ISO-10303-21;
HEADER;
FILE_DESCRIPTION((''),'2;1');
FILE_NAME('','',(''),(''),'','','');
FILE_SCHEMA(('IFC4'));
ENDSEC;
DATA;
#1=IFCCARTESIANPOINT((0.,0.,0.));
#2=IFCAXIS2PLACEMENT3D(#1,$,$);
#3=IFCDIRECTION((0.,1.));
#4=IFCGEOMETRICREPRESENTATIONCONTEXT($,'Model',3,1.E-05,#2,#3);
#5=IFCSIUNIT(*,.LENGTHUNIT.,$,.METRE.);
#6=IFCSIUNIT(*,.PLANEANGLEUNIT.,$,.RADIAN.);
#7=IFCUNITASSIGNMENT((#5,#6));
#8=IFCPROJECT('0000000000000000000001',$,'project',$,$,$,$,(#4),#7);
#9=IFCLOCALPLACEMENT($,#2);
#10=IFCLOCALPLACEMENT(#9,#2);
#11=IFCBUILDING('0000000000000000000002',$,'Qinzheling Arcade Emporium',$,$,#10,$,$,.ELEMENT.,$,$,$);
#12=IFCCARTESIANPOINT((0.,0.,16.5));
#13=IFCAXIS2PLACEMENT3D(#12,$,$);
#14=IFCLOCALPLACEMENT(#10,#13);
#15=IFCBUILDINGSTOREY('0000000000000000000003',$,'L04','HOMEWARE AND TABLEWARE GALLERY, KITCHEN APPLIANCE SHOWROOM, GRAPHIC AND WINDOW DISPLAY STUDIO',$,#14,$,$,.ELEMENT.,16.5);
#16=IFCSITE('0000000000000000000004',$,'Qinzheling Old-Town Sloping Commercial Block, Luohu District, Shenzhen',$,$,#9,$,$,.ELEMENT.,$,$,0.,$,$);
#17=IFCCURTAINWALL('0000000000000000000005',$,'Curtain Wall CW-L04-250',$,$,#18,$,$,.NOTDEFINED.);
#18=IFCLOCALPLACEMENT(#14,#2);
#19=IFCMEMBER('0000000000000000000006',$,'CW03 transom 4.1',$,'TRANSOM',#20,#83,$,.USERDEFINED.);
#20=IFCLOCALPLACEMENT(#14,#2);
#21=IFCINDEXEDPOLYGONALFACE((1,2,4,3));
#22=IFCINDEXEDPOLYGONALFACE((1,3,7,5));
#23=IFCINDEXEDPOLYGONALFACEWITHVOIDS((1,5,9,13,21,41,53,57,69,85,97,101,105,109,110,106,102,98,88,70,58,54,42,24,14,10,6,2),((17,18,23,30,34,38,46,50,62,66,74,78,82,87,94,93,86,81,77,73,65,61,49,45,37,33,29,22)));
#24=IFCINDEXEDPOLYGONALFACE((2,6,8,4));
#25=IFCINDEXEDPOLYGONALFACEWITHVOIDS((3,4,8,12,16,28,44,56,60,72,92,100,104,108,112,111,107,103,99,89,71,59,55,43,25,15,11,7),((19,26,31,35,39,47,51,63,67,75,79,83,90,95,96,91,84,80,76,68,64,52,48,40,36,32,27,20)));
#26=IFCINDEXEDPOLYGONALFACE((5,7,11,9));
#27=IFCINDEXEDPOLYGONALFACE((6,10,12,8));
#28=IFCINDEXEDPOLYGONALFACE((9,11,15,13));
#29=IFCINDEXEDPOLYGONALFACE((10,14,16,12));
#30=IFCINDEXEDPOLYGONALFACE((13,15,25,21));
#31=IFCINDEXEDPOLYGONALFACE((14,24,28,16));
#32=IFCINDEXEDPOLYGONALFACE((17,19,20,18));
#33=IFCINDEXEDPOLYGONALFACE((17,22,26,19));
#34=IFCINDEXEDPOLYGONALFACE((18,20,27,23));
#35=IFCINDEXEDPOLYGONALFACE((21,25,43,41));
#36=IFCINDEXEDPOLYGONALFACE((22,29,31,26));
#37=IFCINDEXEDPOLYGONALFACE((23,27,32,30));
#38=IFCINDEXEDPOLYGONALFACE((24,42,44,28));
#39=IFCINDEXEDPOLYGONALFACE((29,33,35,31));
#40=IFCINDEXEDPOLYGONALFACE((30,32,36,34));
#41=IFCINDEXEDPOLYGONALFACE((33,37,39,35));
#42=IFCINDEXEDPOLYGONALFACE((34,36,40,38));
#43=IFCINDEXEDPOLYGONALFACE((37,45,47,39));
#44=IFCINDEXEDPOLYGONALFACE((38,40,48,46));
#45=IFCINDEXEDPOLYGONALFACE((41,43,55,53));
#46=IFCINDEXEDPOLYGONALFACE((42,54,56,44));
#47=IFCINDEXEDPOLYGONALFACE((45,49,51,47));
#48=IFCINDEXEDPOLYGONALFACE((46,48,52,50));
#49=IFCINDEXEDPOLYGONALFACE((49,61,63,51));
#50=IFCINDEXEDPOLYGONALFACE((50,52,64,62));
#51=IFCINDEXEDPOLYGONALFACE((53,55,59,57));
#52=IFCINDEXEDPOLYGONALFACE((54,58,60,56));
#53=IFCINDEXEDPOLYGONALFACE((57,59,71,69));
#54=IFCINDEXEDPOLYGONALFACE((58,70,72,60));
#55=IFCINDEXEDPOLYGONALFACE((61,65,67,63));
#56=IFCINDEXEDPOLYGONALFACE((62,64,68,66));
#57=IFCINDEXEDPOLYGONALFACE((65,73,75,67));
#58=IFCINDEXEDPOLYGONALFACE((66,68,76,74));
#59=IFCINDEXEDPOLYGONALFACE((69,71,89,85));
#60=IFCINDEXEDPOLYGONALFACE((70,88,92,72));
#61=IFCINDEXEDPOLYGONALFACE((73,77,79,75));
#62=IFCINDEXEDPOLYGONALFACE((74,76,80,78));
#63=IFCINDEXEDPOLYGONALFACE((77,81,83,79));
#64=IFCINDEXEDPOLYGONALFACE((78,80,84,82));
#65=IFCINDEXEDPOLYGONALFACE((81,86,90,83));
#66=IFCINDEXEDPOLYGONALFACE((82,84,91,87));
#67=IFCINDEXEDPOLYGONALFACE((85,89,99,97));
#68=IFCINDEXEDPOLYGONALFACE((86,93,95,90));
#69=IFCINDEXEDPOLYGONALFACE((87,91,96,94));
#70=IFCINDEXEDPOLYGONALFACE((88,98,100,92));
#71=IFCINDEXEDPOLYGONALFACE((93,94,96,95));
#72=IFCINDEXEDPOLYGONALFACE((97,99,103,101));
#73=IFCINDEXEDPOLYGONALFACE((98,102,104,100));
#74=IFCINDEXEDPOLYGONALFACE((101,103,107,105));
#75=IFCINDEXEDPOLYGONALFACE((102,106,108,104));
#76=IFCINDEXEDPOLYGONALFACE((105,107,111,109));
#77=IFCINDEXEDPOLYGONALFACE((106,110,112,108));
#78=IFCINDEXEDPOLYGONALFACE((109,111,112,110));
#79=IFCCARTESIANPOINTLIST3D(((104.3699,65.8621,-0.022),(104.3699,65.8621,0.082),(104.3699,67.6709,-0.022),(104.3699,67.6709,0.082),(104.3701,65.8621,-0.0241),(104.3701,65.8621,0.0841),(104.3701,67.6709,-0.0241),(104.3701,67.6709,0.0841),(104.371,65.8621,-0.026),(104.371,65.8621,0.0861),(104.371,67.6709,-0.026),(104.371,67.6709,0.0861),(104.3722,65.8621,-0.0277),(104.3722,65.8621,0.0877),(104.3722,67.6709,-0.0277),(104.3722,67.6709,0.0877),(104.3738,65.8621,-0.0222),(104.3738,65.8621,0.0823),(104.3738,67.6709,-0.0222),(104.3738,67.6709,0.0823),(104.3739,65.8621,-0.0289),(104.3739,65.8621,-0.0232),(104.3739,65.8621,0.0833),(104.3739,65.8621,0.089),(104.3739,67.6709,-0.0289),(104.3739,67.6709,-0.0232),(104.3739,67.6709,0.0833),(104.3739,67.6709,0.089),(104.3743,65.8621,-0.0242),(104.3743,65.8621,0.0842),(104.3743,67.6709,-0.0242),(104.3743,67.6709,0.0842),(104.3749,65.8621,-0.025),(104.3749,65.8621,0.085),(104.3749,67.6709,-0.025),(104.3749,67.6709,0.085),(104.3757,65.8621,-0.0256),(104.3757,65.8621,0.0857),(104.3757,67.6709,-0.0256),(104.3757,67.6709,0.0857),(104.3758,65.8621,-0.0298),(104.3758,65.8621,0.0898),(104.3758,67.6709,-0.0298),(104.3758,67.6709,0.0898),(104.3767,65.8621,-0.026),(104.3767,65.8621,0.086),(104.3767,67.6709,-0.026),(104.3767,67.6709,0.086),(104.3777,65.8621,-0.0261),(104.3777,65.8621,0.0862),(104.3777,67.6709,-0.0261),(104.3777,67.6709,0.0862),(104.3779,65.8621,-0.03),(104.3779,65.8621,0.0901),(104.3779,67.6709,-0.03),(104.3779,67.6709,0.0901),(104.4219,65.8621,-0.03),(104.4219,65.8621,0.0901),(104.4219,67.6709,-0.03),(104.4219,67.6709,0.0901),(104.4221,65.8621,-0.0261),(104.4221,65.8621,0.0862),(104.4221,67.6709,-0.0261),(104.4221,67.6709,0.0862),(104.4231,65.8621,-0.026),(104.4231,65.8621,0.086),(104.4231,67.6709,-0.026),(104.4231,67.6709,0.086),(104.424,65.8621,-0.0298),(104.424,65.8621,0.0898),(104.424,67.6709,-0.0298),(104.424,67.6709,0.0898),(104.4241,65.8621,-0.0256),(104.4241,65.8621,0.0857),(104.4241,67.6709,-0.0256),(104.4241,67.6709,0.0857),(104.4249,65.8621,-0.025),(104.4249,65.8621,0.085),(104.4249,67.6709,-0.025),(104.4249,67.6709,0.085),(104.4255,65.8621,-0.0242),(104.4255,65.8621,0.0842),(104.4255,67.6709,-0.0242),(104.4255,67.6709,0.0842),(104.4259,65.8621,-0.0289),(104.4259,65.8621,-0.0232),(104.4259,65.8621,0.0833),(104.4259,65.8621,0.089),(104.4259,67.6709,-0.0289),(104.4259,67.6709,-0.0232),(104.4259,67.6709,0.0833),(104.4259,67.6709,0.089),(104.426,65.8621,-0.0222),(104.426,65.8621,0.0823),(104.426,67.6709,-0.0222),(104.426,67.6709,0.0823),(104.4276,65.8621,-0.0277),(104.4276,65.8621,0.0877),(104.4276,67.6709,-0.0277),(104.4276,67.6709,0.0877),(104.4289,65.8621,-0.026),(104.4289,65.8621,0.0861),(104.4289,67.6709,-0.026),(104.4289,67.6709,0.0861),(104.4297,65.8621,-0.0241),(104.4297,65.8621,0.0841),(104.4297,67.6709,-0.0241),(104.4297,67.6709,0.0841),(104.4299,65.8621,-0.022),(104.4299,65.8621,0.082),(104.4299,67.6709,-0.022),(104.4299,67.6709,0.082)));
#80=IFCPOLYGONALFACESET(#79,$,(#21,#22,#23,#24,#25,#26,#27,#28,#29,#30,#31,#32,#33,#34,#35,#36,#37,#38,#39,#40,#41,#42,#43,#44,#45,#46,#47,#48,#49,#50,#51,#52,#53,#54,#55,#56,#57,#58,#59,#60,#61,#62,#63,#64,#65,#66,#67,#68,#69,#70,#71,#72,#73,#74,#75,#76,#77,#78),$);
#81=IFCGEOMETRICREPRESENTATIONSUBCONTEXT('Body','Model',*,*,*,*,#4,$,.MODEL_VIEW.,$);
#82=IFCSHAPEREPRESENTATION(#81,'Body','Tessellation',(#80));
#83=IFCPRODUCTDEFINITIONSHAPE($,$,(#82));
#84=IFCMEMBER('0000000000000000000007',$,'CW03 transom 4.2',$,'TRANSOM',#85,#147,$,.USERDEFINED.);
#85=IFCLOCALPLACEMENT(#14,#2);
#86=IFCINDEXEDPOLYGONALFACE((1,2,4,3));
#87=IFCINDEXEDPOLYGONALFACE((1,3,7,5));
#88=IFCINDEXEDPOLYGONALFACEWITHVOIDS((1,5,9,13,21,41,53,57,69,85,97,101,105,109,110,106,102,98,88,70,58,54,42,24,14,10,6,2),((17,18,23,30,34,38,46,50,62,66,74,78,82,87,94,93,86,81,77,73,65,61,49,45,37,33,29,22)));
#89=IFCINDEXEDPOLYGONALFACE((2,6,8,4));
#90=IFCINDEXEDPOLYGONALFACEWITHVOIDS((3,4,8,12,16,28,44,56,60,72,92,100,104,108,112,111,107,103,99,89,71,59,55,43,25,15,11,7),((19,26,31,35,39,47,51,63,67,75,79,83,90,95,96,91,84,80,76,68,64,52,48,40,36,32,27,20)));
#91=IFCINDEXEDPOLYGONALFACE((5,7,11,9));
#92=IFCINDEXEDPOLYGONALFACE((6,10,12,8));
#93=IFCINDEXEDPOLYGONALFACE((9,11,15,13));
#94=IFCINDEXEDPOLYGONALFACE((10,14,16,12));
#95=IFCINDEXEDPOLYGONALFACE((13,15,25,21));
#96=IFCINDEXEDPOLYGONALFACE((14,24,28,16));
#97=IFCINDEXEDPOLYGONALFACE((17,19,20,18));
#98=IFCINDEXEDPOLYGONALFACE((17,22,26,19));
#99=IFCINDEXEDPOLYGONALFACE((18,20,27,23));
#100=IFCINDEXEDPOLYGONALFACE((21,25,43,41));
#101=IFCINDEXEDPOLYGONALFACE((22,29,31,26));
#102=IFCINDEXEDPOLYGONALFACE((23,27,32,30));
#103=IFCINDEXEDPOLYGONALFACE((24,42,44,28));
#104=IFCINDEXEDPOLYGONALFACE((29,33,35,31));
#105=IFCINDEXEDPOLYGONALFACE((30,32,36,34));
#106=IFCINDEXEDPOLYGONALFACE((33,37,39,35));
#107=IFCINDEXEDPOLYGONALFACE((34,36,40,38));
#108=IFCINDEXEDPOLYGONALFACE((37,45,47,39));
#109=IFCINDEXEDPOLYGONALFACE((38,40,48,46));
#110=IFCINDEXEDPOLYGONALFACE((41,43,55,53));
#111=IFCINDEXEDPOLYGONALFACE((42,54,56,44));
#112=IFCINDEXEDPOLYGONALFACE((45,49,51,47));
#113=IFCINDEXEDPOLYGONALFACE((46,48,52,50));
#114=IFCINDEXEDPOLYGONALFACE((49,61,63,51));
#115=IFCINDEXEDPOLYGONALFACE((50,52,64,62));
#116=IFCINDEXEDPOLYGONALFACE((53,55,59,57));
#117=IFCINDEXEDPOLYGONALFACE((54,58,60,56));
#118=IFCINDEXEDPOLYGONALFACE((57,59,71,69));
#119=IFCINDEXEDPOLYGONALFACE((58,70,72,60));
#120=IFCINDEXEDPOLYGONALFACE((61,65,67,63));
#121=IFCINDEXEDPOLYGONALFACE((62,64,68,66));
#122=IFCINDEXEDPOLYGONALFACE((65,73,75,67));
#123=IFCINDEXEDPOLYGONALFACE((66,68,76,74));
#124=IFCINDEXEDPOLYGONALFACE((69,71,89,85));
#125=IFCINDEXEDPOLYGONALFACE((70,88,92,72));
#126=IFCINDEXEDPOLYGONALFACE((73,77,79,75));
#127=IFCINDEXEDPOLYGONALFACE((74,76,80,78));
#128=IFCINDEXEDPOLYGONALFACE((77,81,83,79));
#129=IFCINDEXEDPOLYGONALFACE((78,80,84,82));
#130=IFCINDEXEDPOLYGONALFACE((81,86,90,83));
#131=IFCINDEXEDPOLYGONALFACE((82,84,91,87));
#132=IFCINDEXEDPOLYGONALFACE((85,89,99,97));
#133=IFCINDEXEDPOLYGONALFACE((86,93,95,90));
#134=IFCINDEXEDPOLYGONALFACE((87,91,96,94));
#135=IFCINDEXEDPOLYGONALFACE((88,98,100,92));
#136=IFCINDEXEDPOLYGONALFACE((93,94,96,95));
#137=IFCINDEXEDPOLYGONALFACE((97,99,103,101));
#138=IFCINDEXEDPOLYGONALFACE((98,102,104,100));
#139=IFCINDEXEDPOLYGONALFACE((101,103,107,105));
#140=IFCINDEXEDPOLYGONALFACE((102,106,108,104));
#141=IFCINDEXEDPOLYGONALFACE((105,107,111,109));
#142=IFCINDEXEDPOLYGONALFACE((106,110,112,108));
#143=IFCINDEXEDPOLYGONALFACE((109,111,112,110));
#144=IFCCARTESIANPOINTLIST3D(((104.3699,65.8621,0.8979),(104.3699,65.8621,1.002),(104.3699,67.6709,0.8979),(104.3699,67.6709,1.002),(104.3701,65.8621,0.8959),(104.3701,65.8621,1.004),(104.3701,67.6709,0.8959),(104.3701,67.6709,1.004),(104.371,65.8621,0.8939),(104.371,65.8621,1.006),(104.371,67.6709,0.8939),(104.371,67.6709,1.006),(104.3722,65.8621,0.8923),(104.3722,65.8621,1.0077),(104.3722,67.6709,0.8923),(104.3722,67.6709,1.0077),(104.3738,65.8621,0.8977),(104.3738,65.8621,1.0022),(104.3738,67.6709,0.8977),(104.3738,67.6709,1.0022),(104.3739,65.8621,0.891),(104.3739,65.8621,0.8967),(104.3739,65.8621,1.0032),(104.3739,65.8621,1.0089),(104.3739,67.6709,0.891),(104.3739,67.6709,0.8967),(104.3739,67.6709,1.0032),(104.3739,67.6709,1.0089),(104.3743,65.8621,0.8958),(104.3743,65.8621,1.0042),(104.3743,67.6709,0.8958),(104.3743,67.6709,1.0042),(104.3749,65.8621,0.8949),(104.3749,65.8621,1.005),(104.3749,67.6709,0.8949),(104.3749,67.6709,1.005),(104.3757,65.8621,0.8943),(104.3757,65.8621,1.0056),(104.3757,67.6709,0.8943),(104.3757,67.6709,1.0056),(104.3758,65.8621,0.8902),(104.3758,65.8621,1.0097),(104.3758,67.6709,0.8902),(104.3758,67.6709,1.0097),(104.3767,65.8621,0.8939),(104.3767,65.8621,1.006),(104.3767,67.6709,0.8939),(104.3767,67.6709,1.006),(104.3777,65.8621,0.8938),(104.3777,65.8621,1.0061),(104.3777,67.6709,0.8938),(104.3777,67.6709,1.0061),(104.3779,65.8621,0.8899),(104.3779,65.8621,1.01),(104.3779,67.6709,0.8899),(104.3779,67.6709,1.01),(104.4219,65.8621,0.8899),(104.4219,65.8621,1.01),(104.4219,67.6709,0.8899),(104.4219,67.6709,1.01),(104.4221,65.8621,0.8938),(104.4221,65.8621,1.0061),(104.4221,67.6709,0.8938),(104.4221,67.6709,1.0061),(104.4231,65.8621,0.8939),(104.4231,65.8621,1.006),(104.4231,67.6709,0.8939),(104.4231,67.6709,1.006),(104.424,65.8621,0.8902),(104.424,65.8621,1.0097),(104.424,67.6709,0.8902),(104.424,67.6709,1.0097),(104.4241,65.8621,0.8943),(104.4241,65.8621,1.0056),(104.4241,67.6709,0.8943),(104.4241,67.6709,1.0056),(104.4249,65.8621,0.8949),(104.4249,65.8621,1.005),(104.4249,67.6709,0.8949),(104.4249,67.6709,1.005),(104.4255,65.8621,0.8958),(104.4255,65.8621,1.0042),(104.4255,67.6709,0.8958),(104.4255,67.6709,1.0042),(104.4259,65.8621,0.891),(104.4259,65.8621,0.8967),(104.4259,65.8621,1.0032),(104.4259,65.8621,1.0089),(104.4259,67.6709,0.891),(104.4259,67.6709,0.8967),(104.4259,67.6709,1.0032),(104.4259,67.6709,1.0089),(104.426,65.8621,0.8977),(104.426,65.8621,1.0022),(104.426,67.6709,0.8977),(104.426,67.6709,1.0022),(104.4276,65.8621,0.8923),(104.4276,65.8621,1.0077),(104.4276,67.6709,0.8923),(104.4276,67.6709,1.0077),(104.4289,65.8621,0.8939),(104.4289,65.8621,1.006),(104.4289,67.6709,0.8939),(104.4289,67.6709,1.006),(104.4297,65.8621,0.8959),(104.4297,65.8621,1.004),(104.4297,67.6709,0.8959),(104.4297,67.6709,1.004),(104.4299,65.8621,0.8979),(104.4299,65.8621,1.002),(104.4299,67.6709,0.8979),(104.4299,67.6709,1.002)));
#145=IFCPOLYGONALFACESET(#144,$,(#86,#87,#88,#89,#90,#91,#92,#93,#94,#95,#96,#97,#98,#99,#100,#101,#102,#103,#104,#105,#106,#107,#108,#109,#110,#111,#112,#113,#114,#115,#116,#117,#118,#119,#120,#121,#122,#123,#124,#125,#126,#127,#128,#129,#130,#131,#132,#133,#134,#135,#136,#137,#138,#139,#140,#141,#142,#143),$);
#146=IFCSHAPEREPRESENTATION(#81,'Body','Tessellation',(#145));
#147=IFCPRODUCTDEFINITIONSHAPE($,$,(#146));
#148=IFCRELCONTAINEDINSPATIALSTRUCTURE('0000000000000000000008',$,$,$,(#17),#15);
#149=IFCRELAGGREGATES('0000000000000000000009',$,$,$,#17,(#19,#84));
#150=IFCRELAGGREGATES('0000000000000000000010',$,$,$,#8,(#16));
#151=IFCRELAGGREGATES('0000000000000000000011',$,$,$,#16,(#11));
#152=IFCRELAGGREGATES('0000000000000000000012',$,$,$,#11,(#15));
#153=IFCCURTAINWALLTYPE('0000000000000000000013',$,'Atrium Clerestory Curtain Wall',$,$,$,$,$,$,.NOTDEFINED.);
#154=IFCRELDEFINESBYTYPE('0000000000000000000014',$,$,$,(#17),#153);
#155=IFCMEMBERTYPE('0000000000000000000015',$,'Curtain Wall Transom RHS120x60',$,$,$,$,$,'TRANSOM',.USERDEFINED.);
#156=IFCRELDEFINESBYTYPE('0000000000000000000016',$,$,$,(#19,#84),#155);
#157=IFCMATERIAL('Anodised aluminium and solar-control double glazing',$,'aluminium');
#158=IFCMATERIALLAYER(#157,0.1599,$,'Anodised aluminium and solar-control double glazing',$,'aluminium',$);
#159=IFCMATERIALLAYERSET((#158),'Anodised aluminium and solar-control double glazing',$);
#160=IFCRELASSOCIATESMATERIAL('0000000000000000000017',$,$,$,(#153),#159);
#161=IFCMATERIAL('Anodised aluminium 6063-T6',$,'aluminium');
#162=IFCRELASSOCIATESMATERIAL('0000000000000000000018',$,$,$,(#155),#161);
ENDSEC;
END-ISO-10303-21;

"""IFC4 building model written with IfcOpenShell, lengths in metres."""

from ifc_helpers import new_model, si_unit, direction, frame, origin, origin_2d, place, context, subcontext, project, spatial, hollow_rectangle, extrude, material, layer, layer_set, material_profile, profile_set, type_object, element, aggregate, save


model = new_model("IFC4")

# Units and contexts
model_context = context("Model", 3, precision=1e-05, world=origin(), true_north=direction((0.0, 1.0)))
body_context = subcontext(model_context, "Body", "Model", "MODEL_VIEW")
ifc_project = project(units=[si_unit("LENGTHUNIT", "METRE"), si_unit("PLANEANGLEUNIT", "RADIAN")], contexts=[model_context])

# Site, building, storey
site_placement = place(None, origin())
site = spatial("IfcSite", under=ifc_project, at=site_placement, Name="Qinzheling Old-Town Sloping Commercial Block, Luohu District, Shenzhen", CompositionType="ELEMENT", RefElevation=0.0)
building_placement = place(site_placement, origin())
building = spatial("IfcBuilding", under=site, at=building_placement, Name="Qinzheling Arcade Emporium", CompositionType="ELEMENT")
storey_placement = place(building_placement, frame((0.0, 0.0, 16.5)))
storey = spatial("IfcBuildingStorey", under=building, at=storey_placement, Name="L04", Description="HOMEWARE AND TABLEWARE GALLERY, KITCHEN APPLIANCE SHOWROOM, GRAPHIC AND WINDOW DISPLAY STUDIO", CompositionType="ELEMENT", Elevation=16.5)

# Curtain wall, members
ifc_material_1 = material(Name="Anodised aluminium and solar-control double glazing", Category="aluminium")
ifc_layer_1 = layer(ifc_material_1, 0.1599, Name="Anodised aluminium and solar-control double glazing", Category="aluminium")
ifc_layer_set_1 = layer_set([ifc_layer_1], Name="Anodised aluminium and solar-control double glazing")
curtain_wall_type = type_object("IfcCurtainWallType", Name="Atrium Clerestory Curtain Wall", PredefinedType="NOTDEFINED", material=ifc_layer_set_1)
curtain_wall_placement = place(storey_placement, origin())
curtain_wall = element("IfcCurtainWall", 1, at=curtain_wall_placement, inside=storey, type_object=curtain_wall_type, Name="Curtain Wall CW-L04-250", PredefinedType="NOTDEFINED")
ifc_material_2 = material(Name="Anodised aluminium 6063-T6", Category="aluminium")
ifc_material_profile_1 = material_profile(ifc_material_2, hollow_rectangle(XDim=0.0601, YDim=0.1201, WallThickness=0.0039, InnerFilletRadius=0.0039, OuterFilletRadius=0.0081, at=origin_2d()), Name="RHS 120x60x4", Category="aluminium")
ifc_profile_set_1 = profile_set([ifc_material_profile_1], Name="Anodised aluminium 6063-T6")
member_type_1 = type_object("IfcMemberType", Name="Curtain Wall Transom RHS120x60", ElementType="TRANSOM", PredefinedType="USERDEFINED", material=ifc_profile_set_1)
member_1_placement = place(storey_placement, frame((104.3999, 67.6709, 0.03), z_axis=(0.0, -1.0, 0.0), x_axis=(1.0, 0.0, 0.0)))
member_1 = element("IfcMember", 2, at=member_1_placement, type_object=member_type_1, Name="CW03 transom 4.1", ObjectType="TRANSOM", PredefinedType="USERDEFINED", context=body_context, shape_type="SweptSolid", body=[
    extrude(hollow_rectangle(XDim=0.0601, YDim=0.1201, WallThickness=0.0039, InnerFilletRadius=0.0039, OuterFilletRadius=0.0081, at=origin_2d()), origin(), (0.0, 0.0, 1.0), 1.8088),
])
member_2_placement = place(storey_placement, frame((104.3999, 67.6709, 0.95), z_axis=(0.0, -1.0, 0.0), x_axis=(1.0, 0.0, 0.0)))
member_2 = element("IfcMember", 3, at=member_2_placement, type_object=member_type_1, Name="CW03 transom 4.2", ObjectType="TRANSOM", PredefinedType="USERDEFINED", context=body_context, shape_type="SweptSolid", body=[
    extrude(hollow_rectangle(XDim=0.0601, YDim=0.1201, WallThickness=0.0039, InnerFilletRadius=0.0039, OuterFilletRadius=0.0081, at=origin_2d()), origin(), (0.0, 0.0, 1.0), 1.8088),
])

aggregate(curtain_wall, [member_1, member_2])

save(model, "model.ifc")
